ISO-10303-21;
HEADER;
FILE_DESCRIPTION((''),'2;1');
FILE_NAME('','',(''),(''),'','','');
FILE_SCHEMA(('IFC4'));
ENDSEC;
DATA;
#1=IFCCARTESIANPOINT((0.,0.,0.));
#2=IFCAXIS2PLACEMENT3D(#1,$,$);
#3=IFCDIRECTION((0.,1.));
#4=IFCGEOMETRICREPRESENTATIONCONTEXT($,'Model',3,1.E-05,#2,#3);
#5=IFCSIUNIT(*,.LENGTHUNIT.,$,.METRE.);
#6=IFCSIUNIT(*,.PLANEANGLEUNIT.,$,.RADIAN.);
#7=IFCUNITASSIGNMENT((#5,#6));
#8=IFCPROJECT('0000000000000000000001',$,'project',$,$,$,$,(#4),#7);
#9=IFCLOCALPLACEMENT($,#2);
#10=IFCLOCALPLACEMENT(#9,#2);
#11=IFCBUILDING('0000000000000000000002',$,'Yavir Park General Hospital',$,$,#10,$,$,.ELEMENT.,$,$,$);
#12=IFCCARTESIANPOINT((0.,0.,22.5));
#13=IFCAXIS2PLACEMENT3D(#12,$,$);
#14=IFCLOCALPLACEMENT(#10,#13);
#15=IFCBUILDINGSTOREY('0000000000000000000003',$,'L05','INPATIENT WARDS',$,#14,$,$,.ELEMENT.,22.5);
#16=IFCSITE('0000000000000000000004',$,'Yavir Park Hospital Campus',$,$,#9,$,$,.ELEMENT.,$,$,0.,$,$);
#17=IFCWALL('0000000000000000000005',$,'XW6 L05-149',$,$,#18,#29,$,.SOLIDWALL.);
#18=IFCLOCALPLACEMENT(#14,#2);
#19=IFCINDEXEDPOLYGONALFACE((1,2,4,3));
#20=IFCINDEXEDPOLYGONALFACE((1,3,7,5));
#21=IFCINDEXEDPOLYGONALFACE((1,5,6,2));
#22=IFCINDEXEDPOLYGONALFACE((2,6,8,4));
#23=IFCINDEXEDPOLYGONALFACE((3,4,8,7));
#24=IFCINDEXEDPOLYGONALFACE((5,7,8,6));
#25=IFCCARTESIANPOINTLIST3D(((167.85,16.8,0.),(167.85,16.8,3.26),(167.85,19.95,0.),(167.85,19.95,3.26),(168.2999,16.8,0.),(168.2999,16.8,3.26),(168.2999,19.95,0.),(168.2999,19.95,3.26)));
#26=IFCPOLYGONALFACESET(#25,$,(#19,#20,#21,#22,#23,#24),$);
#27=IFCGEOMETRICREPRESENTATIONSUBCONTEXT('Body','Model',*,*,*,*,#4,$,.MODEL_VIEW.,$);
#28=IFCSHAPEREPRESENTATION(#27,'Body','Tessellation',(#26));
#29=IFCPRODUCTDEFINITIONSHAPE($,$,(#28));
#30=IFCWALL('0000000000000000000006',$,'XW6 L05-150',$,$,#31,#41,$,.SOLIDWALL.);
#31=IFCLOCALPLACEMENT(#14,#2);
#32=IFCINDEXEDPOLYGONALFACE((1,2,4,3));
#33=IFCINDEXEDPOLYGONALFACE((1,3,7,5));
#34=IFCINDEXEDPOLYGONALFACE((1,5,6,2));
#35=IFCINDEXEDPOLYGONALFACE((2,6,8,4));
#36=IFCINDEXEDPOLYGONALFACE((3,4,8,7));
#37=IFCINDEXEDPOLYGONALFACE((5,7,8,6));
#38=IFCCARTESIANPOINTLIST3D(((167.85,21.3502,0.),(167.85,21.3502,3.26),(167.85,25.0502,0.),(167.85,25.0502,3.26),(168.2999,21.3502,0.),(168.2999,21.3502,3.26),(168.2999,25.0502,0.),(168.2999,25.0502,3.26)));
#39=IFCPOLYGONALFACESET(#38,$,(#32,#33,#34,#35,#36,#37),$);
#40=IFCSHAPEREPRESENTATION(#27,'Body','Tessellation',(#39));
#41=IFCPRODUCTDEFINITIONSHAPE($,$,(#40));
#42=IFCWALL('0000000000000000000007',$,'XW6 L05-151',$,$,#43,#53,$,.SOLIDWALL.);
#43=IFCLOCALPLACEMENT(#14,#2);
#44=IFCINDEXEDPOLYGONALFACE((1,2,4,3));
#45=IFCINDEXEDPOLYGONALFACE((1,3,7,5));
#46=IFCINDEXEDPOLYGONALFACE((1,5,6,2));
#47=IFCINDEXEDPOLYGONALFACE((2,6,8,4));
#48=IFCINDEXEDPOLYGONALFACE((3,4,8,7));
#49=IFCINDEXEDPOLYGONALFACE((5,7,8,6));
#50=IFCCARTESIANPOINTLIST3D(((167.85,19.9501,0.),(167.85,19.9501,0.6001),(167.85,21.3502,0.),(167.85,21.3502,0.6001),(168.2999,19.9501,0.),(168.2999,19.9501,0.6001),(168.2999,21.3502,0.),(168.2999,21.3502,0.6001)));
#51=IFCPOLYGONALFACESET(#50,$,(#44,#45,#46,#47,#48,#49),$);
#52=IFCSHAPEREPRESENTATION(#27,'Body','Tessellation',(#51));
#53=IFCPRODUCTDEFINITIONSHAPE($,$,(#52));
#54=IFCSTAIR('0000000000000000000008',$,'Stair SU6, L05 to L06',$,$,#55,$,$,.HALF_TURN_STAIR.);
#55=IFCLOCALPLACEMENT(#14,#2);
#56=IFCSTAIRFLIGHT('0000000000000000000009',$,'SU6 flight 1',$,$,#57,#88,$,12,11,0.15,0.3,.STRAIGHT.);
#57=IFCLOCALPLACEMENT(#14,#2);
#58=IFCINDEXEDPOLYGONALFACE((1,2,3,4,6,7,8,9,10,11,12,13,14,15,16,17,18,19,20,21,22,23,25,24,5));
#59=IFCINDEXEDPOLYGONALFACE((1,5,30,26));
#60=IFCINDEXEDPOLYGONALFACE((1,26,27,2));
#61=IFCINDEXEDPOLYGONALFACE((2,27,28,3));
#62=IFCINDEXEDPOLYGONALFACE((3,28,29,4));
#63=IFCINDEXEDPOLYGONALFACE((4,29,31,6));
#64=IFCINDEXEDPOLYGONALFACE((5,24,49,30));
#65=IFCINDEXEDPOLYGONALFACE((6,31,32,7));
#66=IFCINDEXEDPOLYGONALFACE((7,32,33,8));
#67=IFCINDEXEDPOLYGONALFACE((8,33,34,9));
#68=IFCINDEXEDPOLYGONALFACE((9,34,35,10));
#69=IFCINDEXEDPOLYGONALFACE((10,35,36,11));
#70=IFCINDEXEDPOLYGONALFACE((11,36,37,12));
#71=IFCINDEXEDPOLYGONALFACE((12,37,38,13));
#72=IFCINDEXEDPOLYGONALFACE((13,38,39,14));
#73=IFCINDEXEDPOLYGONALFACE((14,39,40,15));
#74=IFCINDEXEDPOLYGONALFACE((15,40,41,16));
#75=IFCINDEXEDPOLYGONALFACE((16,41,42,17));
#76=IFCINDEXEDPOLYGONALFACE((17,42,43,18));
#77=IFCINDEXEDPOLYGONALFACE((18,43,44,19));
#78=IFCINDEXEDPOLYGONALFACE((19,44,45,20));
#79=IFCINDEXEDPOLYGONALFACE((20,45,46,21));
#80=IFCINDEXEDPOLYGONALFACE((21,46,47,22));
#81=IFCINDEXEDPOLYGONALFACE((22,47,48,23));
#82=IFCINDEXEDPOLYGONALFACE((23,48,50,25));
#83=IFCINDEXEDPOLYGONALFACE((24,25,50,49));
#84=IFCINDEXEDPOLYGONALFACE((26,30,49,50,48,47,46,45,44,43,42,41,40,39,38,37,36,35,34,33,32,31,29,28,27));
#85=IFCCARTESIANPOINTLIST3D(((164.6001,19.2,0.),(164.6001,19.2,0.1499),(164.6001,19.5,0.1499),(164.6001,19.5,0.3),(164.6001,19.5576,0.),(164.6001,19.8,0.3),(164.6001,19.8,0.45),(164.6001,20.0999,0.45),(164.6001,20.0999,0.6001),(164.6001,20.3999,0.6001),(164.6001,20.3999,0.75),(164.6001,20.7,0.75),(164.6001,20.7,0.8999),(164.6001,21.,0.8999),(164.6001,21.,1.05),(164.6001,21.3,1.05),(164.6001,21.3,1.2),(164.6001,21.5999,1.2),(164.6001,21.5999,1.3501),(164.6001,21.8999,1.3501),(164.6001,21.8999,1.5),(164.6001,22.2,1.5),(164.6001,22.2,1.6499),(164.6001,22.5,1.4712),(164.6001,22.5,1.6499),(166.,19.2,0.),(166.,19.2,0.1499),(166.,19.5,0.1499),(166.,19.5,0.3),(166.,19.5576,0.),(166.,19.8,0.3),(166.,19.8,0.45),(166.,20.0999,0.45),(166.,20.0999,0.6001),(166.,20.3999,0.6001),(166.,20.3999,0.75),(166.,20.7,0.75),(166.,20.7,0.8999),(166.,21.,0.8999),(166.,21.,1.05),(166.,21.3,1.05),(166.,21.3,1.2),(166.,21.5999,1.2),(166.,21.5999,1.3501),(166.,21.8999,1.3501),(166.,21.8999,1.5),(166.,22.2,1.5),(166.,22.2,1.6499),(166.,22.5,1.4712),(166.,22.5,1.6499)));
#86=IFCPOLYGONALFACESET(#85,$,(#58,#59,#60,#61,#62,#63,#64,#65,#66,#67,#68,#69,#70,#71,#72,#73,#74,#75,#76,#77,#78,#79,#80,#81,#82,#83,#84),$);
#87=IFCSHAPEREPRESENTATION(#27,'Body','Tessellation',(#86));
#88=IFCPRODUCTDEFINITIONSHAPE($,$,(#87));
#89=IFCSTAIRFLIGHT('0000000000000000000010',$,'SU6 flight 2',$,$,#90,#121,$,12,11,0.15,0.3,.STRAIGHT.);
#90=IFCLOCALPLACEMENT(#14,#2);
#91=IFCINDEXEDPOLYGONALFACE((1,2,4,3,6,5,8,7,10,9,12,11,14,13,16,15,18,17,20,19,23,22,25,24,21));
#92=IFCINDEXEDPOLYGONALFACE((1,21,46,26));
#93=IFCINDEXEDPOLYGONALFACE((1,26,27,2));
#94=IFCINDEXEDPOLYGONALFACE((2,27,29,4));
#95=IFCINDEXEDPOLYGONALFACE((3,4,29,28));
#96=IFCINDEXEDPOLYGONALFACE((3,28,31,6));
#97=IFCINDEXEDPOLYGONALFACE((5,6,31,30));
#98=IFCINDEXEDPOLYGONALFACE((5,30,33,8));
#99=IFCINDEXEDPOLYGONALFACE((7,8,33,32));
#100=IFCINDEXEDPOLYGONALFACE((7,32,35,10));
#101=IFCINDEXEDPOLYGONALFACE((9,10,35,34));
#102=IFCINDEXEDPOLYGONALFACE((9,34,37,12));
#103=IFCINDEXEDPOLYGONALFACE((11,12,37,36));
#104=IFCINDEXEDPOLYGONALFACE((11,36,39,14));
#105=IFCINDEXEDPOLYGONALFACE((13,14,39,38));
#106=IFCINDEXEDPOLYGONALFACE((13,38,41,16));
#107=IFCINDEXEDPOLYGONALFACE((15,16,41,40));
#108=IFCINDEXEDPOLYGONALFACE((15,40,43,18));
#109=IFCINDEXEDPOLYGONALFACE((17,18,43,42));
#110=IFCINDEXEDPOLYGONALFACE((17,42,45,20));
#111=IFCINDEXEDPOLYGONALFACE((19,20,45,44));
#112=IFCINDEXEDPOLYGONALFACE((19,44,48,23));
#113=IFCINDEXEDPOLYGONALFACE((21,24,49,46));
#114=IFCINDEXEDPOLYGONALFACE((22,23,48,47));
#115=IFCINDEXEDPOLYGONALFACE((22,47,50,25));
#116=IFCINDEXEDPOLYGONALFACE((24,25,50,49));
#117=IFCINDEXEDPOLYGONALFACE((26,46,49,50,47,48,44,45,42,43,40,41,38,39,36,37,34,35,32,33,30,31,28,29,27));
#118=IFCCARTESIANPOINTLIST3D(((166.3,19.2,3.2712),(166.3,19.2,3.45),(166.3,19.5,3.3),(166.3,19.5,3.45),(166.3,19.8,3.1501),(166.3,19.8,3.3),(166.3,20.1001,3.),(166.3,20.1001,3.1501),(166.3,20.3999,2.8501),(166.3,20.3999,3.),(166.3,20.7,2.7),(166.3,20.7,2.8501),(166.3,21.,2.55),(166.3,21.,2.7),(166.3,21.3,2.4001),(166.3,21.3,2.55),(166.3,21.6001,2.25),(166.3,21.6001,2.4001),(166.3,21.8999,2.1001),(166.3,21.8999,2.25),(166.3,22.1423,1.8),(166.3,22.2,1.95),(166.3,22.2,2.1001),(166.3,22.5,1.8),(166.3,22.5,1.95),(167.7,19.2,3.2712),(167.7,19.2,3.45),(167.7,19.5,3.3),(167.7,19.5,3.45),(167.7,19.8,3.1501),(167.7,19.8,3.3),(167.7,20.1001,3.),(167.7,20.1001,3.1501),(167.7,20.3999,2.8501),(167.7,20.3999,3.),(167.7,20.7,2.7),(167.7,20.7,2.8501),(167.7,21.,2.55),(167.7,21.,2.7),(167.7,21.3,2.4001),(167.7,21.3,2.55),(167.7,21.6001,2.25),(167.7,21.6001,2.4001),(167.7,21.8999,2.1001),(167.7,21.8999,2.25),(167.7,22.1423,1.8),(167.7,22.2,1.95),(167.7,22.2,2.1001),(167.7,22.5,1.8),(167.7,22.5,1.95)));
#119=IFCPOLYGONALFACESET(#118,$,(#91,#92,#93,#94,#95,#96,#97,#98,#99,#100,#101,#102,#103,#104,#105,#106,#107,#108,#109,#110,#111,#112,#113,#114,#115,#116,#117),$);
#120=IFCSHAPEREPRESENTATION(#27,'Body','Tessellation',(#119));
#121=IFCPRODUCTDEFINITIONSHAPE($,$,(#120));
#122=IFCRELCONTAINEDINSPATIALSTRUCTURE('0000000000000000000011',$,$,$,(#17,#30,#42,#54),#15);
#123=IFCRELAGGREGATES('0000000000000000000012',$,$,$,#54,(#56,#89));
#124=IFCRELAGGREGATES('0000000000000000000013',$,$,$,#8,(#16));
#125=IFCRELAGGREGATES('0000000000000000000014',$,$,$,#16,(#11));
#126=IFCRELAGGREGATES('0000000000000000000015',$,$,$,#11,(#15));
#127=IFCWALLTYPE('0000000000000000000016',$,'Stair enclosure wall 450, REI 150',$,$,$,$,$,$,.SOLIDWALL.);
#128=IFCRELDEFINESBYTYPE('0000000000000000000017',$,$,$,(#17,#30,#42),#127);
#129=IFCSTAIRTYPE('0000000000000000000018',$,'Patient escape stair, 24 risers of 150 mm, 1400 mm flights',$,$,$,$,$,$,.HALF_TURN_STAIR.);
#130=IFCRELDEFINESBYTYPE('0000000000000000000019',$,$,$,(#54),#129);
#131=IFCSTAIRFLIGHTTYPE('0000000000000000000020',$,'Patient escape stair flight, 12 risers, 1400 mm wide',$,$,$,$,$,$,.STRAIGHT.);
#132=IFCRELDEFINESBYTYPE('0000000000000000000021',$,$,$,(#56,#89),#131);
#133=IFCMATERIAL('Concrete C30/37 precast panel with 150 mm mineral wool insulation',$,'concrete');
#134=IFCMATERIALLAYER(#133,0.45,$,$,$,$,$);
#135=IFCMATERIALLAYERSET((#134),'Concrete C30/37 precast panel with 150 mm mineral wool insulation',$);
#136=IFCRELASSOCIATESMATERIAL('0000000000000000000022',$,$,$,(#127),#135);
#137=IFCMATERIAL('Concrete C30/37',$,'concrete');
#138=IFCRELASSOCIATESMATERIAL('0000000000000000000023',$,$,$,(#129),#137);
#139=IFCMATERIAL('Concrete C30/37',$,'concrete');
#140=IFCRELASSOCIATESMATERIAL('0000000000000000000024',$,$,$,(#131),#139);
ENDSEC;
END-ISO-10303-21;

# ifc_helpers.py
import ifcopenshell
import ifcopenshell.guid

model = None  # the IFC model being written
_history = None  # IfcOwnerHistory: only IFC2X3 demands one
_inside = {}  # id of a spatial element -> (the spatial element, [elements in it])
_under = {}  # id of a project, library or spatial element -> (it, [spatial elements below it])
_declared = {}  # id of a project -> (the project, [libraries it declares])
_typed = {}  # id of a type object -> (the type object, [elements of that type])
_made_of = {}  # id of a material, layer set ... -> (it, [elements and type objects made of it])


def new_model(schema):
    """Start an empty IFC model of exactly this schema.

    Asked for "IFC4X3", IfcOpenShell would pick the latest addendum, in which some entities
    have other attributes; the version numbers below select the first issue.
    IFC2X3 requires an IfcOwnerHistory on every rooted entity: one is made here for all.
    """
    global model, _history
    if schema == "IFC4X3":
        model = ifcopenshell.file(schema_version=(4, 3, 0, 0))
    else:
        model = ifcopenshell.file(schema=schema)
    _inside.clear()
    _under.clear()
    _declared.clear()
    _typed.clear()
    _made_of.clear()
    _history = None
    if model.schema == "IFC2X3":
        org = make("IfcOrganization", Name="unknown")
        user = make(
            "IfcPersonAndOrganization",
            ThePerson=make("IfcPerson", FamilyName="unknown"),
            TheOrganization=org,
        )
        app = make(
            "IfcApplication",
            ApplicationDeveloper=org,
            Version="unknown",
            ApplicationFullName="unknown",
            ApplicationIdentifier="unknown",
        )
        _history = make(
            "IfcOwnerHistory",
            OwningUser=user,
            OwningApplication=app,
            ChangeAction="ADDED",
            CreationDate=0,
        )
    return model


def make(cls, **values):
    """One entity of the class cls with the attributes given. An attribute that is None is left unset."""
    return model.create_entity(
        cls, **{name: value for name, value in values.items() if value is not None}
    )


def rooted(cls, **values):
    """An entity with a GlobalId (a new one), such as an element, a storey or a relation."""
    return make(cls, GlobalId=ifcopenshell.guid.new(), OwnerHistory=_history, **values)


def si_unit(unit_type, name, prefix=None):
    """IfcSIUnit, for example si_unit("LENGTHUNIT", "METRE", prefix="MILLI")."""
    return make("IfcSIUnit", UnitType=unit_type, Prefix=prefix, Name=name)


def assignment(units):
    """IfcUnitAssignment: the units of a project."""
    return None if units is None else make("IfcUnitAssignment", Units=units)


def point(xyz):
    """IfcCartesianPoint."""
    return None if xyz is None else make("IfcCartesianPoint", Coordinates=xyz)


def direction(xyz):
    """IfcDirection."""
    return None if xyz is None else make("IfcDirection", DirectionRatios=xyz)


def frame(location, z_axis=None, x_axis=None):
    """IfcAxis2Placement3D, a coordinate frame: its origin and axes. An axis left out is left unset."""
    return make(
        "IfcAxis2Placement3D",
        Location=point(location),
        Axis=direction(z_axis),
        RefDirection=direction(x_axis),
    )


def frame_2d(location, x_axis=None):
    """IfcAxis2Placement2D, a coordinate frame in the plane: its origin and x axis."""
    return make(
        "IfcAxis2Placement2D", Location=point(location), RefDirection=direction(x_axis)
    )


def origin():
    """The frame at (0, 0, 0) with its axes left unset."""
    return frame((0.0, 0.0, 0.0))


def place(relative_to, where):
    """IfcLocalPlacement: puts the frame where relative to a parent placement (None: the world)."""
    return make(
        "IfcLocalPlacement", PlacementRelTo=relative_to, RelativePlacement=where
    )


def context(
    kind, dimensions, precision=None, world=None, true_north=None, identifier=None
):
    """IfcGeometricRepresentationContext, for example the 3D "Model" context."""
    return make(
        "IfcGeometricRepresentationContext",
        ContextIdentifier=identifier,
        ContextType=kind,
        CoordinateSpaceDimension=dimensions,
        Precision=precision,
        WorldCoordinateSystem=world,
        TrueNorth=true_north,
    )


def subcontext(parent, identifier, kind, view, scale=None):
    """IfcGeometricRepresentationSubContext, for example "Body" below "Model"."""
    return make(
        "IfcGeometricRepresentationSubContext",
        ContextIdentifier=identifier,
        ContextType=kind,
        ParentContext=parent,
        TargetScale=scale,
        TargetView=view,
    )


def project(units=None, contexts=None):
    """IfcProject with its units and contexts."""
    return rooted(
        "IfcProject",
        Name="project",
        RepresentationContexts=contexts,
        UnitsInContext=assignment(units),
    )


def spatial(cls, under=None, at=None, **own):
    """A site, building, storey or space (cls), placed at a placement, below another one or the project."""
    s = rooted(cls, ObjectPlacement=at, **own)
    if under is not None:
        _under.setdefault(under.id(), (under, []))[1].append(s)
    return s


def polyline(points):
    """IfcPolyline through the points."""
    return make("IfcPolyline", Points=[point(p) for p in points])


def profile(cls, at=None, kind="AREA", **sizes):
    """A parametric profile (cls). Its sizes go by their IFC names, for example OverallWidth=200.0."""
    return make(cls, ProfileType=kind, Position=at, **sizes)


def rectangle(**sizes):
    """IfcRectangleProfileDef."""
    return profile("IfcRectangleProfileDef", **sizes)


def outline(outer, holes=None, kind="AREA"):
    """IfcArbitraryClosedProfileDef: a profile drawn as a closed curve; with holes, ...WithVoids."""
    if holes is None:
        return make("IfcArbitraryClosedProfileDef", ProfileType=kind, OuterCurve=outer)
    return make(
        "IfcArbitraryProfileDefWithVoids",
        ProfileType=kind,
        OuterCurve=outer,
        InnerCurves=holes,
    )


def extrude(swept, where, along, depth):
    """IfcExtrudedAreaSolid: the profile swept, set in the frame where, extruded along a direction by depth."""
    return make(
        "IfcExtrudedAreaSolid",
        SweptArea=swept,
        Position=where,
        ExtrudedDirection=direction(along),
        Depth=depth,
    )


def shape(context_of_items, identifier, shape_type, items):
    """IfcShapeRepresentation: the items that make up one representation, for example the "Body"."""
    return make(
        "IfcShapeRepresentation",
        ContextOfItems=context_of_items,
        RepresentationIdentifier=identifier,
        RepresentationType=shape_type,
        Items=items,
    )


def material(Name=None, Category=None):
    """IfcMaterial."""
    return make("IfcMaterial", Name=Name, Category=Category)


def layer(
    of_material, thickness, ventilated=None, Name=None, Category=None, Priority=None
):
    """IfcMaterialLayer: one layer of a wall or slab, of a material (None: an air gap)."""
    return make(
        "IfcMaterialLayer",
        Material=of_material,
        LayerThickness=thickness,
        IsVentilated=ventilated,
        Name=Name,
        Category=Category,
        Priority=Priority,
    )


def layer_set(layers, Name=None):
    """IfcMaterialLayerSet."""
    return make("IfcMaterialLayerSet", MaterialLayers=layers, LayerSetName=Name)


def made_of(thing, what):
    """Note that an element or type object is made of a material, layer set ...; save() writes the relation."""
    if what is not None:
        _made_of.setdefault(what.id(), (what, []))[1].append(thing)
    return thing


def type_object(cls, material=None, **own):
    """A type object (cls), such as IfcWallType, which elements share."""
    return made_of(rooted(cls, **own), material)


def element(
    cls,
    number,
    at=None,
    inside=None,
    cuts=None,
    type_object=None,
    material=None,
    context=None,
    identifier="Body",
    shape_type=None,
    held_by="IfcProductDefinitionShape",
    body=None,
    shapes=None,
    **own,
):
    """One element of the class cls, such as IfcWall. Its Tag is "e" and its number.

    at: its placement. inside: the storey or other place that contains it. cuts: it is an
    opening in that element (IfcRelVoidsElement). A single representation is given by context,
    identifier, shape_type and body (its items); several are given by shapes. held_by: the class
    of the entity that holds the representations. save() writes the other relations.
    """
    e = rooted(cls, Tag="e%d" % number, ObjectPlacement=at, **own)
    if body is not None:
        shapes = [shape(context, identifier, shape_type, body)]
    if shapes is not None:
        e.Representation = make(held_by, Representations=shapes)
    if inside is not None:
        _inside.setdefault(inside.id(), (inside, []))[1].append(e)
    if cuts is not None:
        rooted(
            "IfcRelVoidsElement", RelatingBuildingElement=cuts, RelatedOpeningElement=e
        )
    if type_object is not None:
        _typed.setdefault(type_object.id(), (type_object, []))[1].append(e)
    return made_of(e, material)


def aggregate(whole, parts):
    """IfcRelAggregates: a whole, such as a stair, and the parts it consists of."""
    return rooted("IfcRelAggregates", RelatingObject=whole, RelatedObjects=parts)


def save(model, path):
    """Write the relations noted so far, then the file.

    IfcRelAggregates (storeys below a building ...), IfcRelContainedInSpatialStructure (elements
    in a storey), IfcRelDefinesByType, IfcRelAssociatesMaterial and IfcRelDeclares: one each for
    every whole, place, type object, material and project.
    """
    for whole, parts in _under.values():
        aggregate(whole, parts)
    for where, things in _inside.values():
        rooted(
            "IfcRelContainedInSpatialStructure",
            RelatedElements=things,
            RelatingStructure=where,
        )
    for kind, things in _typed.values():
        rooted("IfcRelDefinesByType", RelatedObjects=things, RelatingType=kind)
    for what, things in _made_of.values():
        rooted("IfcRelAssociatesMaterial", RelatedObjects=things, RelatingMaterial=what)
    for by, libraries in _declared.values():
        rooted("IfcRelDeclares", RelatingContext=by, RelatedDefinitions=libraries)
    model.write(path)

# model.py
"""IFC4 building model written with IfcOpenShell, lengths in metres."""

from ifc_helpers import new_model, si_unit, direction, frame, frame_2d, origin, place, context, subcontext, project, spatial, polyline, rectangle, outline, extrude, material, layer, layer_set, type_object, element, aggregate, save


model = new_model("IFC4")

# Units and contexts
model_context = context("Model", 3, precision=1e-05, world=origin(), true_north=direction((0.0, 1.0)))
body_context = subcontext(model_context, "Body", "Model", "MODEL_VIEW")
ifc_project = project(units=[si_unit("LENGTHUNIT", "METRE"), si_unit("PLANEANGLEUNIT", "RADIAN")], contexts=[model_context])

# Site, building, storey
site_placement = place(None, origin())
site = spatial("IfcSite", under=ifc_project, at=site_placement, Name="Yavir Park Hospital Campus", CompositionType="ELEMENT", RefElevation=0.0)
building_placement = place(site_placement, origin())
building = spatial("IfcBuilding", under=site, at=building_placement, Name="Yavir Park General Hospital", CompositionType="ELEMENT")
storey_placement = place(building_placement, frame((0.0, 0.0, 22.5)))
storey = spatial("IfcBuildingStorey", under=building, at=storey_placement, Name="L05", Description="INPATIENT WARDS", CompositionType="ELEMENT", Elevation=22.5)

# Walls
ifc_material_1 = material(Name="Concrete C30/37 precast panel with 150 mm mineral wool insulation", Category="concrete")
ifc_layer_1 = layer(ifc_material_1, 0.45)
ifc_layer_set_1 = layer_set([ifc_layer_1], Name="Concrete C30/37 precast panel with 150 mm mineral wool insulation")
wall_type_1 = type_object("IfcWallType", Name="Stair enclosure wall 450, REI 150", PredefinedType="SOLIDWALL", material=ifc_layer_set_1)
wall_1_placement = place(storey_placement, frame((168.075, 16.8, 0.0), z_axis=(0.0, 0.0, 1.0), x_axis=(0.0, 1.0, 0.0)))
element("IfcWall", 1, at=wall_1_placement, inside=storey, type_object=wall_type_1, Name="XW6 L05-149", PredefinedType="SOLIDWALL", context=body_context, shape_type="SweptSolid", body=[
    extrude(rectangle(XDim=3.1499, YDim=0.45, at=frame_2d((1.575, 0.0))), origin(), (0.0, 0.0, 1.0), 3.26),
])
wall_2_placement = place(storey_placement, frame((168.075, 21.3501, 0.0), z_axis=(0.0, 0.0, 1.0), x_axis=(0.0, 1.0, 0.0)))
element("IfcWall", 2, at=wall_2_placement, inside=storey, type_object=wall_type_1, Name="XW6 L05-150", PredefinedType="SOLIDWALL", context=body_context, shape_type="SweptSolid", body=[
    extrude(rectangle(XDim=3.7, YDim=0.45, at=frame_2d((1.8501, 0.0))), origin(), (0.0, 0.0, 1.0), 3.26),
])
wall_3_placement = place(storey_placement, frame((168.075, 19.95, 0.0), z_axis=(0.0, 0.0, 1.0), x_axis=(0.0, 1.0, 0.0)))
element("IfcWall", 3, at=wall_3_placement, inside=storey, type_object=wall_type_1, Name="XW6 L05-151", PredefinedType="SOLIDWALL", context=body_context, shape_type="SweptSolid", body=[
    extrude(rectangle(XDim=1.4001, YDim=0.45, at=frame_2d((0.7002, 0.0))), origin(), (0.0, 0.0, 1.0), 0.6001),
])

# Stair, stair flights
ifc_material_2 = material(Name="Concrete C30/37", Category="concrete")
stair_type = type_object("IfcStairType", Name="Patient escape stair, 24 risers of 150 mm, 1400 mm flights", PredefinedType="HALF_TURN_STAIR", material=ifc_material_2)
stair_placement = place(storey_placement, origin())
stair = element("IfcStair", 4, at=stair_placement, inside=storey, type_object=stair_type, Name="Stair SU6, L05 to L06", PredefinedType="HALF_TURN_STAIR")
ifc_material_3 = material(Name="Concrete C30/37", Category="concrete")
stair_flight_type = type_object("IfcStairFlightType", Name="Patient escape stair flight, 12 risers, 1400 mm wide", PredefinedType="STRAIGHT", material=ifc_material_3)
stair_flight_1_placement = place(storey_placement, frame((165.3, 19.2, 0.0), z_axis=(0.0, 0.0, 1.0), x_axis=(0.0, 1.0, 0.0)))
stair_flight_1 = element("IfcStairFlight", 5, at=stair_flight_1_placement, type_object=stair_flight_type, Name="SU6 flight 1", NumberOfRisers=12, NumberOfTreads=11, PredefinedType="STRAIGHT", RiserHeight=0.15, TreadLength=0.3, context=body_context, shape_type="SweptSolid", body=[
    extrude(outline(polyline([(0.0, 0.0), (0.0, 0.1499), (0.3, 0.1499), (0.3, 0.3), (0.6001, 0.3), (0.6001, 0.45), (0.8999, 0.45), (0.8999, 0.6001), (1.2, 0.6001), (1.2, 0.75), (1.5, 0.75), (1.5, 0.8999), (1.8, 0.8999), (1.8, 1.05), (2.1001, 1.05), (2.1001, 1.2), (2.3999, 1.2), (2.3999, 1.3501), (2.7, 1.3501), (2.7, 1.5), (3.0, 1.5), (3.0, 1.6499), (3.3, 1.6499), (3.3, 1.8), (3.3, 1.4712), (0.3577, 0.0), (0.0, 0.0)])), frame((0.0, 0.7, 0.0), z_axis=(0.0, -1.0, 0.0), x_axis=(1.0, 0.0, 0.0)), (0.0, 0.0, 1.0), 1.3999),
])
stair_flight_2_placement = place(storey_placement, frame((167.0, 22.5, 1.8), z_axis=(0.0, 0.0, 1.0), x_axis=(0.0, -1.0, 0.0)))
stair_flight_2 = element("IfcStairFlight", 6, at=stair_flight_2_placement, type_object=stair_flight_type, Name="SU6 flight 2", NumberOfRisers=12, NumberOfTreads=11, PredefinedType="STRAIGHT", RiserHeight=0.15, TreadLength=0.3, context=body_context, shape_type="SweptSolid", body=[
    extrude(outline(polyline([(0.0, 0.0), (0.0, 0.1499), (0.3, 0.1499), (0.3, 0.3), (0.6001, 0.3), (0.6001, 0.45), (0.8999, 0.45), (0.8999, 0.6001), (1.2, 0.6001), (1.2, 0.75), (1.5, 0.75), (1.5, 0.8999), (1.8, 0.8999), (1.8, 1.05), (2.1001, 1.05), (2.1001, 1.2), (2.3999, 1.2), (2.3999, 1.3501), (2.7, 1.3501), (2.7, 1.5), (3.0, 1.5), (3.0, 1.6499), (3.3, 1.6499), (3.3, 1.8), (3.3, 1.4712), (0.3577, 0.0), (0.0, 0.0)])), frame((0.0, 0.7, 0.0), z_axis=(0.0, -1.0, 0.0), x_axis=(1.0, 0.0, 0.0)), (0.0, 0.0, 1.0), 1.3999),
])
aggregate(stair, [stair_flight_1, stair_flight_2])

save(model, "model.ifc")
